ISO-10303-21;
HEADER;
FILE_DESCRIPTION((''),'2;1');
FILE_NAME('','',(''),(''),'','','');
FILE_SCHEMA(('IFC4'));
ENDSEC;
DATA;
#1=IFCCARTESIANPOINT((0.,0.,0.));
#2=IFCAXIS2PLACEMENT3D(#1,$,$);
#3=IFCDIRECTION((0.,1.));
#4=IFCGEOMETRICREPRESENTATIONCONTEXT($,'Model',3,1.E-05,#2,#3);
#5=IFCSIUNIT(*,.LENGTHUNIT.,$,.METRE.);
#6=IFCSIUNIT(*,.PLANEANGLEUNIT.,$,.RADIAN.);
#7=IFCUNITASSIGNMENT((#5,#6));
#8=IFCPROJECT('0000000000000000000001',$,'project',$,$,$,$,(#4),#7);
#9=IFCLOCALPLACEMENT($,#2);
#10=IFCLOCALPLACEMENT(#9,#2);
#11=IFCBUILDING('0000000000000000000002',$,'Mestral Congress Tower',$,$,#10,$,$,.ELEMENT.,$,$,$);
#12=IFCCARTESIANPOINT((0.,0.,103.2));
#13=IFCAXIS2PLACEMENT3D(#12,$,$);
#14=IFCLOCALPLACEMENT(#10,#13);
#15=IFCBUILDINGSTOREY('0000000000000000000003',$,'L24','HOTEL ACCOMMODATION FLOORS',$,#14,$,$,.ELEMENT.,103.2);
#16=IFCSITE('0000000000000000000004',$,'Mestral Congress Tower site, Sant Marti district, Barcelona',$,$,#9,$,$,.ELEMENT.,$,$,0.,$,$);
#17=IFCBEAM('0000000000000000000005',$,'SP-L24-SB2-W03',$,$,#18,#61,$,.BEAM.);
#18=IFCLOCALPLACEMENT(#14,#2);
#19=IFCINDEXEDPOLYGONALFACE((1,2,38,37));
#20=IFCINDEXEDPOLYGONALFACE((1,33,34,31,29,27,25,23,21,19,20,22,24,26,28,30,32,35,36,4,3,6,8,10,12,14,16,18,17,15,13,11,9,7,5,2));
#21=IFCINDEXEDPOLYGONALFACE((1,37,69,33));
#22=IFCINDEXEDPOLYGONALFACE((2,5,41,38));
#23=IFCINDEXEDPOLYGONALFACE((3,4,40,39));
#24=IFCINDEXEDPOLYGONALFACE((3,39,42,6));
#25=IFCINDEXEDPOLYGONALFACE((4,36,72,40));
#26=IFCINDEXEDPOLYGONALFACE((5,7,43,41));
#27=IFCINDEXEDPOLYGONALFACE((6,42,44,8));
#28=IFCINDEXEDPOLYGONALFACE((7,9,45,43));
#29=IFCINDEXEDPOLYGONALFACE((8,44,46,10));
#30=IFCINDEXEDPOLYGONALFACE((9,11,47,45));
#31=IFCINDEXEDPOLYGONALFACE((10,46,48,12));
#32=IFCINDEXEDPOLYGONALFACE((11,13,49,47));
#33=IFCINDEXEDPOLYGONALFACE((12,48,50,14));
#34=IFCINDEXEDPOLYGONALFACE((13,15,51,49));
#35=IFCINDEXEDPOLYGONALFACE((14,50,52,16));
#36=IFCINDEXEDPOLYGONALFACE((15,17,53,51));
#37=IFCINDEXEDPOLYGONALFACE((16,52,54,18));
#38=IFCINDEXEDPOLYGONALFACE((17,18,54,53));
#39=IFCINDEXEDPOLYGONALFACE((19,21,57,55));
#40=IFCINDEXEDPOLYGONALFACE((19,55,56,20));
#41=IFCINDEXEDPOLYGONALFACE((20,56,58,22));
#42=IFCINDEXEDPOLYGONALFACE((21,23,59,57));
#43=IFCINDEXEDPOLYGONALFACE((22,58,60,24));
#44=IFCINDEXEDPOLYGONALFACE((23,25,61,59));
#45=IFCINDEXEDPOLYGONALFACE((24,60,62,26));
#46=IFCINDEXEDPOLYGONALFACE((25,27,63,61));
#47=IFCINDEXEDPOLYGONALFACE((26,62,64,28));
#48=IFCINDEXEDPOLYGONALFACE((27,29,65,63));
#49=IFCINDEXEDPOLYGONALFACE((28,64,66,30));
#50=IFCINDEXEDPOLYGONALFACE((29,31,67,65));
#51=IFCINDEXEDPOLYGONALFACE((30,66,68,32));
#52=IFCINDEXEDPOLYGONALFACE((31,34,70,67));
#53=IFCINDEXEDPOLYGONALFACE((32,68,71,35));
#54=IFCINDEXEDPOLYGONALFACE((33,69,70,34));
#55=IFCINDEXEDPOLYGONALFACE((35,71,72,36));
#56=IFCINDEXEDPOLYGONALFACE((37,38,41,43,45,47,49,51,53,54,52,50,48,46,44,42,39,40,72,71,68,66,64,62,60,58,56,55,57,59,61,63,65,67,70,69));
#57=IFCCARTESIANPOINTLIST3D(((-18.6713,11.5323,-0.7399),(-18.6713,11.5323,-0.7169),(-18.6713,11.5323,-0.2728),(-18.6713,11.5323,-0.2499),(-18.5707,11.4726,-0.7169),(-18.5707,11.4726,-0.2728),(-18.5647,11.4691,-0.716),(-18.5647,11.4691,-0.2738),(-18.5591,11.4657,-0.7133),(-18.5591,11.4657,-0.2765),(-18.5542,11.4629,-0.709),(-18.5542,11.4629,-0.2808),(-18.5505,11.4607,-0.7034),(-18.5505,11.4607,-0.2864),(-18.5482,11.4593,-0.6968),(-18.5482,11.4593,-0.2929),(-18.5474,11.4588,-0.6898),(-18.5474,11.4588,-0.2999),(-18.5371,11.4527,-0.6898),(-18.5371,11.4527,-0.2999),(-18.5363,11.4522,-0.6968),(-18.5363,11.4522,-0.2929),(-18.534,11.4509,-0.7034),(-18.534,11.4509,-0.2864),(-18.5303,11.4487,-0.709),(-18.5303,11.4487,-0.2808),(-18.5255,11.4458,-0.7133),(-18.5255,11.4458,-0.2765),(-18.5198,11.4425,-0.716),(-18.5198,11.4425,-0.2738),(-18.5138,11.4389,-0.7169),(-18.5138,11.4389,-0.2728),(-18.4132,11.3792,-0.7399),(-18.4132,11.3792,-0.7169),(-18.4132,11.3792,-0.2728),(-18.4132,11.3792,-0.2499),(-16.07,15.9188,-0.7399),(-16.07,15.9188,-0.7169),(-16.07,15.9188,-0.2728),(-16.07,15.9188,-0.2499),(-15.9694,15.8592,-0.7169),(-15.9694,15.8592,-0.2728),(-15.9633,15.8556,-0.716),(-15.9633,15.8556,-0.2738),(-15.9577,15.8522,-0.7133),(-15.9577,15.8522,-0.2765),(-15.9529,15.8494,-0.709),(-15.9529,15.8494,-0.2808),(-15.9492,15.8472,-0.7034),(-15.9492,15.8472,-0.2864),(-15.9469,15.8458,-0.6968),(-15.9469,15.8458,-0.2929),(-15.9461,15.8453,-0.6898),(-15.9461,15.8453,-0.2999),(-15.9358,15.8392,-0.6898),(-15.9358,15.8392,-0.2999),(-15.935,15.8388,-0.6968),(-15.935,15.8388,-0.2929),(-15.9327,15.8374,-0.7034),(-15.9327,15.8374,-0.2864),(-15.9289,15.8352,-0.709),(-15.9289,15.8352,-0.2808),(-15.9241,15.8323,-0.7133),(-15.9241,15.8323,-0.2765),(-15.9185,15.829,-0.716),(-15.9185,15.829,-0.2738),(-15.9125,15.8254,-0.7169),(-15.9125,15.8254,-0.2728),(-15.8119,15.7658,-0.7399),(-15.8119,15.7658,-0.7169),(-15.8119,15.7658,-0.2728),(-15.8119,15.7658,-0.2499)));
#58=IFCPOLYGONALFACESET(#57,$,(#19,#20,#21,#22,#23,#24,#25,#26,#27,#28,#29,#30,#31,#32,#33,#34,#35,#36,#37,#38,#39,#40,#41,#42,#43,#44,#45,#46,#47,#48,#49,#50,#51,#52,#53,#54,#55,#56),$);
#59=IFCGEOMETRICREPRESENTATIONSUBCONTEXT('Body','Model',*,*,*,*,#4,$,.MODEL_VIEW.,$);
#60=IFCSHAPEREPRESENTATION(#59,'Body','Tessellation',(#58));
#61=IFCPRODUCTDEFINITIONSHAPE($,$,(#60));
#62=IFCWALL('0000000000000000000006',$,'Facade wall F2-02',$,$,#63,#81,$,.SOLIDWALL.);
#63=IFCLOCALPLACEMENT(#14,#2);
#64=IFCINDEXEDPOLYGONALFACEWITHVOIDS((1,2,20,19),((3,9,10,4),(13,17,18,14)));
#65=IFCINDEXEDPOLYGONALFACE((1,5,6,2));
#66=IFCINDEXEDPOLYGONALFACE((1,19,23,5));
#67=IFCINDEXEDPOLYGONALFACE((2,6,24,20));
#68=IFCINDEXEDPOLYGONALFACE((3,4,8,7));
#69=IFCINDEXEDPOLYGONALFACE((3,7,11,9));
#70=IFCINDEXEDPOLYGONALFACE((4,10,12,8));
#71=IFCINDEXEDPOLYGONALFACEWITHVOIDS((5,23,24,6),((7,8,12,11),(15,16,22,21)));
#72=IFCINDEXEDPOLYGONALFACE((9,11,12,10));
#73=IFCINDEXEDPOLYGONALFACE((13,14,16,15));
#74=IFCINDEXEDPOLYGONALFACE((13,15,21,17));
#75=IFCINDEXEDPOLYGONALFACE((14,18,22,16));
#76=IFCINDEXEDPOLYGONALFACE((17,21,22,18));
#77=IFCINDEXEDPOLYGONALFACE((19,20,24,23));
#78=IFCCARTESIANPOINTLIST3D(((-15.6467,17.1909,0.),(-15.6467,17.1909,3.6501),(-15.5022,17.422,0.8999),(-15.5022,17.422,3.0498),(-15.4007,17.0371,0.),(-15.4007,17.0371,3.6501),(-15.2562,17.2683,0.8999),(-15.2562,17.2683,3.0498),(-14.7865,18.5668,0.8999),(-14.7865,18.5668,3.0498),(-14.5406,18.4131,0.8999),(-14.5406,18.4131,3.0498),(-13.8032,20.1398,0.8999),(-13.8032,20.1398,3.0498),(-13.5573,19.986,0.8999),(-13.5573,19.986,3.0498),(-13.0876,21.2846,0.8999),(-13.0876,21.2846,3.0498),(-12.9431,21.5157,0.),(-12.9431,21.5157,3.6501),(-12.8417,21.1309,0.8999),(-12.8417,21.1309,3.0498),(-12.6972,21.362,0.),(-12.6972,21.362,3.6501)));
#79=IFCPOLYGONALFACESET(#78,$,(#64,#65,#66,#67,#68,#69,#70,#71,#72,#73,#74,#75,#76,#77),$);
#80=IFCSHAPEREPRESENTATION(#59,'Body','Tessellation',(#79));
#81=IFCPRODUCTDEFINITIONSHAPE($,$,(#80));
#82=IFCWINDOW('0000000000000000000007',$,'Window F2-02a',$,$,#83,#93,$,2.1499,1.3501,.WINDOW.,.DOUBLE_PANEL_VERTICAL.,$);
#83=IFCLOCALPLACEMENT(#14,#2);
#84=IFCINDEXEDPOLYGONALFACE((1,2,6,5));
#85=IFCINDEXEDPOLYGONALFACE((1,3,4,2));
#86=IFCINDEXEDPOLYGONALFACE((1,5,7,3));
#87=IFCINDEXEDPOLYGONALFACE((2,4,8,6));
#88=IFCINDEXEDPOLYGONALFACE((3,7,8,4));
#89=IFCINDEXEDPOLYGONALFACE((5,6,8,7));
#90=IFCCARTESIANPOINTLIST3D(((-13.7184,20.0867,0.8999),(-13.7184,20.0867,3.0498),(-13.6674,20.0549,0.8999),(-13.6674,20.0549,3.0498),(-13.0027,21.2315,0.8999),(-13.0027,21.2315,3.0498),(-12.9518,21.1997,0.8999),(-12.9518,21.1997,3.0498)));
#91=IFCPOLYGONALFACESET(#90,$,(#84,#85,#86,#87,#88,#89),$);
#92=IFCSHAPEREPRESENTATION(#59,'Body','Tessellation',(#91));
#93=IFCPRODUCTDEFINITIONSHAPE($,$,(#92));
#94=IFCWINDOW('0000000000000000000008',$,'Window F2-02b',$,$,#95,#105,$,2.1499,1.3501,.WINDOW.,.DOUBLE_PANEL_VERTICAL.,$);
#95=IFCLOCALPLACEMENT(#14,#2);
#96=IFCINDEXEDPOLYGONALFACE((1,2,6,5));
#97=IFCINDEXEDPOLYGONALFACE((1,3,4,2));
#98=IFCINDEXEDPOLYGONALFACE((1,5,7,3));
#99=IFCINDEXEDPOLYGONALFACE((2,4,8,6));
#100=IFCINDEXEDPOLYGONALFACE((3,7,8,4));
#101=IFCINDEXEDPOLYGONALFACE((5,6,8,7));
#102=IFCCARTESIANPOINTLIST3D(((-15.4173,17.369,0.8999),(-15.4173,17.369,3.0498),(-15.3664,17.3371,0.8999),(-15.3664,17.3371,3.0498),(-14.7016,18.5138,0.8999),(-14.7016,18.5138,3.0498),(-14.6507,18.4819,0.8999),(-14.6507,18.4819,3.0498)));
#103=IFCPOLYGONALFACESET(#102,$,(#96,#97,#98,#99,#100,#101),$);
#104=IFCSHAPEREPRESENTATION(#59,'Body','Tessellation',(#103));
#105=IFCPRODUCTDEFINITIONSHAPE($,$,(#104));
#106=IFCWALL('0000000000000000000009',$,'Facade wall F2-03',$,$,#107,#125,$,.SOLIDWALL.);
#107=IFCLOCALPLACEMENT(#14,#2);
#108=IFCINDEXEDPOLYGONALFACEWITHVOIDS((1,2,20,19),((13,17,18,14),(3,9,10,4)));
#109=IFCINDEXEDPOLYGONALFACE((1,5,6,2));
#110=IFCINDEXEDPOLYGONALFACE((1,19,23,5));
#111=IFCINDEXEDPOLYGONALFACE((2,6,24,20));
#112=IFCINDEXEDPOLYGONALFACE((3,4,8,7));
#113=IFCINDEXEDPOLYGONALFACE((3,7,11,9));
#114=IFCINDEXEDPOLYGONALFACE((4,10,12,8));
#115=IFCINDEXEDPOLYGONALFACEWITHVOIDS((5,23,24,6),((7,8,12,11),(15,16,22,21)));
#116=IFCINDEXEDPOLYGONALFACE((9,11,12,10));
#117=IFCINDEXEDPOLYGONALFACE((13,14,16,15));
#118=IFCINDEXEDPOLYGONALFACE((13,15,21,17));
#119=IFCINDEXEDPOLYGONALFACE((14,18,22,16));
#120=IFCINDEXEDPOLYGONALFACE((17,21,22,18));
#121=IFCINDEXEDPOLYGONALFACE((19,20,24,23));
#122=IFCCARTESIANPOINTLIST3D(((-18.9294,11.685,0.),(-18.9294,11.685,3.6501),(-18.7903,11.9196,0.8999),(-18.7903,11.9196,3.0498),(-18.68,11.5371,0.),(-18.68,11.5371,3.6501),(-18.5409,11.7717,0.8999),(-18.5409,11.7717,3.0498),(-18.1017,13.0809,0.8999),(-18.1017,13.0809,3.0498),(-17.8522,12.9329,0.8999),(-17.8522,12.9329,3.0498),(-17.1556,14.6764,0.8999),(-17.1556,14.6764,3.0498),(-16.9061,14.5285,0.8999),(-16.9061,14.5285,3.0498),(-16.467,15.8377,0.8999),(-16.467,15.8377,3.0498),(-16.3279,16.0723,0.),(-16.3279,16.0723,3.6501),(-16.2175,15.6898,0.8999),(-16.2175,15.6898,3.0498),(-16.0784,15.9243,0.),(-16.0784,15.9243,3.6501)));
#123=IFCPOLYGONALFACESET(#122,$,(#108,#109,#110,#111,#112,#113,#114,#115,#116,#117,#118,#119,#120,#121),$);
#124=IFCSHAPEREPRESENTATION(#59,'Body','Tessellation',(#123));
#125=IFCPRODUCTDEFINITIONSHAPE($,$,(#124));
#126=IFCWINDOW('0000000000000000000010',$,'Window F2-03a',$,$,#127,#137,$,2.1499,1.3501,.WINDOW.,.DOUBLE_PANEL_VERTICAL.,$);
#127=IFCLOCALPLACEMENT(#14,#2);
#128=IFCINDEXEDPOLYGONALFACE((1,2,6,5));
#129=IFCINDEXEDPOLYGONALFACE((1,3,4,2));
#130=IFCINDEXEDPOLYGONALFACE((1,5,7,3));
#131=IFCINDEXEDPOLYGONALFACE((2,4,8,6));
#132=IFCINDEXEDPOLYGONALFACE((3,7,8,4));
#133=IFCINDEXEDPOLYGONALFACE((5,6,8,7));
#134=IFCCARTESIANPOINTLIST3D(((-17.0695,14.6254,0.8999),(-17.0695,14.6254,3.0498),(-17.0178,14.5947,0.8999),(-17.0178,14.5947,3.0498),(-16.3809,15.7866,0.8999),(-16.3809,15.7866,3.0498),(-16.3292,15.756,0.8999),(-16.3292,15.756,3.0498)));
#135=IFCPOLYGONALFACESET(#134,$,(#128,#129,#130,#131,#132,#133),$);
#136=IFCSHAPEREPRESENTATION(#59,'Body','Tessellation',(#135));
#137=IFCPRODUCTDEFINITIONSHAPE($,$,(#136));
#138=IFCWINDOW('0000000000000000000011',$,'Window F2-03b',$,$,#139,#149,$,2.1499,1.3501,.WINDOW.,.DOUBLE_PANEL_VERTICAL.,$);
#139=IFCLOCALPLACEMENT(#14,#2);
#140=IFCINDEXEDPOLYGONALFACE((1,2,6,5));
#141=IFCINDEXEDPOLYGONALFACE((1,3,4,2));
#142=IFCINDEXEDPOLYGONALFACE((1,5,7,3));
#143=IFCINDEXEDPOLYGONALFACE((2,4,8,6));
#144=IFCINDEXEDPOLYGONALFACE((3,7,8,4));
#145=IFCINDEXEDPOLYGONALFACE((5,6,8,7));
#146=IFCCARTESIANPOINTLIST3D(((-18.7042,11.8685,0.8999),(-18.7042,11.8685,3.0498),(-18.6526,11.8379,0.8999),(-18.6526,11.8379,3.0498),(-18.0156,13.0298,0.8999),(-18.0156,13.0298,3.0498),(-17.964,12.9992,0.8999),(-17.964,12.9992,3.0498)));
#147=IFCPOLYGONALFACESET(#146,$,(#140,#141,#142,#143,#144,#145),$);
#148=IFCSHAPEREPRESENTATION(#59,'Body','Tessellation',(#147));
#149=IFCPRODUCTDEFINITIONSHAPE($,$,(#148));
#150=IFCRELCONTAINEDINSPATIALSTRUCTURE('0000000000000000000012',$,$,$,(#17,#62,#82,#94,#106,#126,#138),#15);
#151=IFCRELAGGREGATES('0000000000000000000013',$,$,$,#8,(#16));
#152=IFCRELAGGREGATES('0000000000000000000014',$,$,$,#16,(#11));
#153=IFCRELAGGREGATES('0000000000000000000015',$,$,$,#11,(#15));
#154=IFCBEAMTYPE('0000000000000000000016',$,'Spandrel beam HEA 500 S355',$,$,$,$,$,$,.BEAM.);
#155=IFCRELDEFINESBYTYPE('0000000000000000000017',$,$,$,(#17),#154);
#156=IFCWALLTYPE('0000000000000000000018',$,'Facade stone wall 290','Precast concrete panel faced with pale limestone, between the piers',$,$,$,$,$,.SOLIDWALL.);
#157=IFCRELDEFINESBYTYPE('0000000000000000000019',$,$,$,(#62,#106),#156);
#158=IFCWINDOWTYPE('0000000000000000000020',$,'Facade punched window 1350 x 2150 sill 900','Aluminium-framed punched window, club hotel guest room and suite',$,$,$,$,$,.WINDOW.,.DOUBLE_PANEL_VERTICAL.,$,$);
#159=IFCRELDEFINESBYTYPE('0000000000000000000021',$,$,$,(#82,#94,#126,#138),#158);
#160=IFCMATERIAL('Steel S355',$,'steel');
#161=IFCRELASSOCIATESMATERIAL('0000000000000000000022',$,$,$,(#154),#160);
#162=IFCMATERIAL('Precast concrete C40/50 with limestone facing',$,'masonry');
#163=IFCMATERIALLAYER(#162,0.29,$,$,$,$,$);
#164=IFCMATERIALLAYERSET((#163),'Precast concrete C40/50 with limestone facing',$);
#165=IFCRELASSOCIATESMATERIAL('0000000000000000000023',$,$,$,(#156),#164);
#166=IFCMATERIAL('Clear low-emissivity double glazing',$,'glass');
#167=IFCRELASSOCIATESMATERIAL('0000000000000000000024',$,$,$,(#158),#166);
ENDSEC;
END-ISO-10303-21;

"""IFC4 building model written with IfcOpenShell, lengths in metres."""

from ifc_helpers import new_model, si_unit, direction, frame, frame_2d, origin, origin_2d, place, context, subcontext, project, spatial, rectangle, i_section, extrude, material, layer, layer_set, material_profile, profile_set, type_object, element, fill, save


model = new_model("IFC4")

# Units and contexts
model_context = context("Model", 3, precision=1e-05, world=origin(), true_north=direction((0.0, 1.0)))
body_context = subcontext(model_context, "Body", "Model", "MODEL_VIEW")
ifc_project = project(units=[si_unit("LENGTHUNIT", "METRE"), si_unit("PLANEANGLEUNIT", "RADIAN")], contexts=[model_context])

# Site, building, storey
site_placement = place(None, origin())
site = spatial("IfcSite", under=ifc_project, at=site_placement, Name="Mestral Congress Tower site, Sant Marti district, Barcelona", CompositionType="ELEMENT", RefElevation=0.0)
building_placement = place(site_placement, origin())
building = spatial("IfcBuilding", under=site, at=building_placement, Name="Mestral Congress Tower", CompositionType="ELEMENT")
storey_placement = place(building_placement, frame((0.0, 0.0, 103.2)))
storey = spatial("IfcBuildingStorey", under=building, at=storey_placement, Name="L24", Description="HOTEL ACCOMMODATION FLOORS", CompositionType="ELEMENT", Elevation=103.2)

# Beam
ifc_material_1 = material(Name="Steel S355", Category="steel")
ifc_material_profile_1 = material_profile(ifc_material_1, i_section(OverallWidth=0.3, OverallDepth=0.49, WebThickness=0.012, FlangeThickness=0.0229, FilletRadius=0.0271, at=origin_2d()), Name="HEA 500")
ifc_profile_set_1 = profile_set([ifc_material_profile_1], Name="Steel S355")
beam_type_1 = type_object("IfcBeamType", Name="Spandrel beam HEA 500 S355", PredefinedType="BEAM", material=ifc_profile_set_1)
for number, where, z_axis, x_axis, name in (
    (1, (-15.9409, 15.8423, -0.4949), (-0.510082, -0.860126, 0.0), (0.860126, -0.510082, 0.0), "SP-L24-SB2-W03"),
):
    element("IfcBeam", number, at=place(storey_placement, frame(where, z_axis=z_axis, x_axis=x_axis)), inside=storey, type_object=beam_type_1, Name=name, PredefinedType="BEAM", context=body_context, shape_type="SweptSolid", body=[
        extrude(i_section(OverallWidth=0.3, OverallDepth=0.49, WebThickness=0.012, FlangeThickness=0.0229, FilletRadius=0.0271, at=origin_2d()), origin(), (0.0, 0.0, 1.0), 5.0999),
    ])

# Walls, openings, windows
ifc_material_2 = material(Name="Precast concrete C40/50 with limestone facing", Category="masonry")
ifc_layer_1 = layer(ifc_material_2, 0.29)
ifc_layer_set_1 = layer_set([ifc_layer_1], Name="Precast concrete C40/50 with limestone facing")
wall_type_1 = type_object("IfcWallType", Name="Facade stone wall 290", Description="Precast concrete panel faced with pale limestone, between the piers", PredefinedType="SOLIDWALL", material=ifc_layer_set_1)
wall_1_placement = place(storey_placement, frame((-12.8201, 21.439, 0.0), z_axis=(0.0, 0.0, 1.0), x_axis=(-0.530072, -0.847953, 0.0)))
wall_1 = element("IfcWall", 2, at=wall_1_placement, inside=storey, type_object=wall_type_1, Name="Facade wall F2-02", PredefinedType="SOLIDWALL", context=body_context, shape_type="SweptSolid", body=[
    extrude(rectangle(XDim=5.1003, YDim=0.29, at=frame_2d((2.5503, 0.0))), origin(), (0.0, 0.0, 1.0), 3.6501),
])
opening_1_placement = place(wall_1_placement, frame((0.2727, 0.0, 0.8999)))
opening_1 = element("IfcOpeningElement", 3, at=opening_1_placement, cuts=wall_1, PredefinedType="OPENING", context=body_context, shape_type="SweptSolid", body=[
    extrude(rectangle(XDim=1.3501, YDim=2.1499, at=frame_2d((0.675, 1.075))), frame((0.0, 0.155, 0.0), z_axis=(0.0, -1.0, 0.0), x_axis=(1.0, 0.0, 0.0)), (0.0, 0.0, 1.0), 0.3101),
])
opening_2_placement = place(wall_1_placement, frame((3.4778, 0.0, 0.8999)))
opening_2 = element("IfcOpeningElement", 4, at=opening_2_placement, cuts=wall_1, PredefinedType="OPENING", context=body_context, shape_type="SweptSolid", body=[
    extrude(rectangle(XDim=1.3501, YDim=2.1499, at=frame_2d((0.675, 1.075))), frame((0.0, 0.155, 0.0), z_axis=(0.0, -1.0, 0.0), x_axis=(1.0, 0.0, 0.0)), (0.0, 0.0, 1.0), 0.3101),
])
ifc_material_3 = material(Name="Clear low-emissivity double glazing", Category="glass")
window_type = type_object("IfcWindowType", Name="Facade punched window 1350 x 2150 sill 900", Description="Aluminium-framed punched window, club hotel guest room and suite", PartitioningType="DOUBLE_PANEL_VERTICAL", PredefinedType="WINDOW", material=ifc_material_3)
window_1_placement = place(opening_1_placement, origin())
window_1 = element("IfcWindow", 5, at=window_1_placement, inside=storey, type_object=window_type, Name="Window F2-02a", OverallHeight=2.1499, OverallWidth=1.3501, PartitioningType="DOUBLE_PANEL_VERTICAL", PredefinedType="WINDOW", context=body_context, shape_type="SweptSolid", body=[
    extrude(rectangle(XDim=1.3501, YDim=2.1499, at=frame_2d((0.675, 1.075))), frame((0.0, 0.0151, 0.0), z_axis=(0.0, -1.0, 0.0), x_axis=(1.0, 0.0, 0.0)), (0.0, 0.0, 1.0), 0.0601),
])
fill(opening_1, window_1)
window_2_placement = place(opening_2_placement, origin())
window_2 = element("IfcWindow", 6, at=window_2_placement, inside=storey, type_object=window_type, Name="Window F2-02b", OverallHeight=2.1499, OverallWidth=1.3501, PartitioningType="DOUBLE_PANEL_VERTICAL", PredefinedType="WINDOW", context=body_context, shape_type="SweptSolid", body=[
    extrude(rectangle(XDim=1.3501, YDim=2.1499, at=frame_2d((0.675, 1.075))), frame((0.0, 0.0151, 0.0), z_axis=(0.0, -1.0, 0.0), x_axis=(1.0, 0.0, 0.0)), (0.0, 0.0, 1.0), 0.0601),
])
fill(opening_2, window_2)
wall_2_placement = place(storey_placement, frame((-16.2031, 15.9983, 0.0), z_axis=(0.0, 0.0, 1.0), x_axis=(-0.510054, -0.860142, 0.0)))
wall_2 = element("IfcWall", 7, at=wall_2_placement, inside=storey, type_object=wall_type_1, Name="Facade wall F2-03", PredefinedType="SOLIDWALL", context=body_context, shape_type="SweptSolid", body=[
    extrude(rectangle(XDim=5.1006, YDim=0.29, at=frame_2d((2.5503, 0.0))), origin(), (0.0, 0.0, 1.0), 3.6501),
])
opening_3_placement = place(wall_2_placement, frame((0.2727, 0.0, 0.8999)))
opening_3 = element("IfcOpeningElement", 8, at=opening_3_placement, cuts=wall_2, PredefinedType="OPENING", context=body_context, shape_type="SweptSolid", body=[
    extrude(rectangle(XDim=1.3501, YDim=2.1499, at=frame_2d((0.675, 1.075))), frame((0.0, 0.155, 0.0), z_axis=(0.0, -1.0, 0.0), x_axis=(1.0, 0.0, 0.0)), (0.0, 0.0, 1.0), 0.3101),
])
opening_4_placement = place(wall_2_placement, frame((3.4778, 0.0, 0.8999)))
opening_4 = element("IfcOpeningElement", 9, at=opening_4_placement, cuts=wall_2, PredefinedType="OPENING", context=body_context, shape_type="SweptSolid", body=[
    extrude(rectangle(XDim=1.3501, YDim=2.1499, at=frame_2d((0.675, 1.075))), frame((0.0, 0.155, 0.0), z_axis=(0.0, -1.0, 0.0), x_axis=(1.0, 0.0, 0.0)), (0.0, 0.0, 1.0), 0.3101),
])
window_3_placement = place(opening_3_placement, origin())
window_3 = element("IfcWindow", 10, at=window_3_placement, inside=storey, type_object=window_type, Name="Window F2-03a", OverallHeight=2.1499, OverallWidth=1.3501, PartitioningType="DOUBLE_PANEL_VERTICAL", PredefinedType="WINDOW", context=body_context, shape_type="SweptSolid", body=[
    extrude(rectangle(XDim=1.3501, YDim=2.1499, at=frame_2d((0.675, 1.075))), frame((0.0, 0.0151, 0.0), z_axis=(0.0, -1.0, 0.0), x_axis=(1.0, 0.0, 0.0)), (0.0, 0.0, 1.0), 0.0601),
])
fill(opening_3, window_3)
window_4_placement = place(opening_4_placement, origin())
window_4 = element("IfcWindow", 11, at=window_4_placement, inside=storey, type_object=window_type, Name="Window F2-03b", OverallHeight=2.1499, OverallWidth=1.3501, PartitioningType="DOUBLE_PANEL_VERTICAL", PredefinedType="WINDOW", context=body_context, shape_type="SweptSolid", body=[
    extrude(rectangle(XDim=1.3501, YDim=2.1499, at=frame_2d((0.675, 1.075))), frame((0.0, 0.0151, 0.0), z_axis=(0.0, -1.0, 0.0), x_axis=(1.0, 0.0, 0.0)), (0.0, 0.0, 1.0), 0.0601),
])
fill(opening_4, window_4)

save(model, "model.ifc")
